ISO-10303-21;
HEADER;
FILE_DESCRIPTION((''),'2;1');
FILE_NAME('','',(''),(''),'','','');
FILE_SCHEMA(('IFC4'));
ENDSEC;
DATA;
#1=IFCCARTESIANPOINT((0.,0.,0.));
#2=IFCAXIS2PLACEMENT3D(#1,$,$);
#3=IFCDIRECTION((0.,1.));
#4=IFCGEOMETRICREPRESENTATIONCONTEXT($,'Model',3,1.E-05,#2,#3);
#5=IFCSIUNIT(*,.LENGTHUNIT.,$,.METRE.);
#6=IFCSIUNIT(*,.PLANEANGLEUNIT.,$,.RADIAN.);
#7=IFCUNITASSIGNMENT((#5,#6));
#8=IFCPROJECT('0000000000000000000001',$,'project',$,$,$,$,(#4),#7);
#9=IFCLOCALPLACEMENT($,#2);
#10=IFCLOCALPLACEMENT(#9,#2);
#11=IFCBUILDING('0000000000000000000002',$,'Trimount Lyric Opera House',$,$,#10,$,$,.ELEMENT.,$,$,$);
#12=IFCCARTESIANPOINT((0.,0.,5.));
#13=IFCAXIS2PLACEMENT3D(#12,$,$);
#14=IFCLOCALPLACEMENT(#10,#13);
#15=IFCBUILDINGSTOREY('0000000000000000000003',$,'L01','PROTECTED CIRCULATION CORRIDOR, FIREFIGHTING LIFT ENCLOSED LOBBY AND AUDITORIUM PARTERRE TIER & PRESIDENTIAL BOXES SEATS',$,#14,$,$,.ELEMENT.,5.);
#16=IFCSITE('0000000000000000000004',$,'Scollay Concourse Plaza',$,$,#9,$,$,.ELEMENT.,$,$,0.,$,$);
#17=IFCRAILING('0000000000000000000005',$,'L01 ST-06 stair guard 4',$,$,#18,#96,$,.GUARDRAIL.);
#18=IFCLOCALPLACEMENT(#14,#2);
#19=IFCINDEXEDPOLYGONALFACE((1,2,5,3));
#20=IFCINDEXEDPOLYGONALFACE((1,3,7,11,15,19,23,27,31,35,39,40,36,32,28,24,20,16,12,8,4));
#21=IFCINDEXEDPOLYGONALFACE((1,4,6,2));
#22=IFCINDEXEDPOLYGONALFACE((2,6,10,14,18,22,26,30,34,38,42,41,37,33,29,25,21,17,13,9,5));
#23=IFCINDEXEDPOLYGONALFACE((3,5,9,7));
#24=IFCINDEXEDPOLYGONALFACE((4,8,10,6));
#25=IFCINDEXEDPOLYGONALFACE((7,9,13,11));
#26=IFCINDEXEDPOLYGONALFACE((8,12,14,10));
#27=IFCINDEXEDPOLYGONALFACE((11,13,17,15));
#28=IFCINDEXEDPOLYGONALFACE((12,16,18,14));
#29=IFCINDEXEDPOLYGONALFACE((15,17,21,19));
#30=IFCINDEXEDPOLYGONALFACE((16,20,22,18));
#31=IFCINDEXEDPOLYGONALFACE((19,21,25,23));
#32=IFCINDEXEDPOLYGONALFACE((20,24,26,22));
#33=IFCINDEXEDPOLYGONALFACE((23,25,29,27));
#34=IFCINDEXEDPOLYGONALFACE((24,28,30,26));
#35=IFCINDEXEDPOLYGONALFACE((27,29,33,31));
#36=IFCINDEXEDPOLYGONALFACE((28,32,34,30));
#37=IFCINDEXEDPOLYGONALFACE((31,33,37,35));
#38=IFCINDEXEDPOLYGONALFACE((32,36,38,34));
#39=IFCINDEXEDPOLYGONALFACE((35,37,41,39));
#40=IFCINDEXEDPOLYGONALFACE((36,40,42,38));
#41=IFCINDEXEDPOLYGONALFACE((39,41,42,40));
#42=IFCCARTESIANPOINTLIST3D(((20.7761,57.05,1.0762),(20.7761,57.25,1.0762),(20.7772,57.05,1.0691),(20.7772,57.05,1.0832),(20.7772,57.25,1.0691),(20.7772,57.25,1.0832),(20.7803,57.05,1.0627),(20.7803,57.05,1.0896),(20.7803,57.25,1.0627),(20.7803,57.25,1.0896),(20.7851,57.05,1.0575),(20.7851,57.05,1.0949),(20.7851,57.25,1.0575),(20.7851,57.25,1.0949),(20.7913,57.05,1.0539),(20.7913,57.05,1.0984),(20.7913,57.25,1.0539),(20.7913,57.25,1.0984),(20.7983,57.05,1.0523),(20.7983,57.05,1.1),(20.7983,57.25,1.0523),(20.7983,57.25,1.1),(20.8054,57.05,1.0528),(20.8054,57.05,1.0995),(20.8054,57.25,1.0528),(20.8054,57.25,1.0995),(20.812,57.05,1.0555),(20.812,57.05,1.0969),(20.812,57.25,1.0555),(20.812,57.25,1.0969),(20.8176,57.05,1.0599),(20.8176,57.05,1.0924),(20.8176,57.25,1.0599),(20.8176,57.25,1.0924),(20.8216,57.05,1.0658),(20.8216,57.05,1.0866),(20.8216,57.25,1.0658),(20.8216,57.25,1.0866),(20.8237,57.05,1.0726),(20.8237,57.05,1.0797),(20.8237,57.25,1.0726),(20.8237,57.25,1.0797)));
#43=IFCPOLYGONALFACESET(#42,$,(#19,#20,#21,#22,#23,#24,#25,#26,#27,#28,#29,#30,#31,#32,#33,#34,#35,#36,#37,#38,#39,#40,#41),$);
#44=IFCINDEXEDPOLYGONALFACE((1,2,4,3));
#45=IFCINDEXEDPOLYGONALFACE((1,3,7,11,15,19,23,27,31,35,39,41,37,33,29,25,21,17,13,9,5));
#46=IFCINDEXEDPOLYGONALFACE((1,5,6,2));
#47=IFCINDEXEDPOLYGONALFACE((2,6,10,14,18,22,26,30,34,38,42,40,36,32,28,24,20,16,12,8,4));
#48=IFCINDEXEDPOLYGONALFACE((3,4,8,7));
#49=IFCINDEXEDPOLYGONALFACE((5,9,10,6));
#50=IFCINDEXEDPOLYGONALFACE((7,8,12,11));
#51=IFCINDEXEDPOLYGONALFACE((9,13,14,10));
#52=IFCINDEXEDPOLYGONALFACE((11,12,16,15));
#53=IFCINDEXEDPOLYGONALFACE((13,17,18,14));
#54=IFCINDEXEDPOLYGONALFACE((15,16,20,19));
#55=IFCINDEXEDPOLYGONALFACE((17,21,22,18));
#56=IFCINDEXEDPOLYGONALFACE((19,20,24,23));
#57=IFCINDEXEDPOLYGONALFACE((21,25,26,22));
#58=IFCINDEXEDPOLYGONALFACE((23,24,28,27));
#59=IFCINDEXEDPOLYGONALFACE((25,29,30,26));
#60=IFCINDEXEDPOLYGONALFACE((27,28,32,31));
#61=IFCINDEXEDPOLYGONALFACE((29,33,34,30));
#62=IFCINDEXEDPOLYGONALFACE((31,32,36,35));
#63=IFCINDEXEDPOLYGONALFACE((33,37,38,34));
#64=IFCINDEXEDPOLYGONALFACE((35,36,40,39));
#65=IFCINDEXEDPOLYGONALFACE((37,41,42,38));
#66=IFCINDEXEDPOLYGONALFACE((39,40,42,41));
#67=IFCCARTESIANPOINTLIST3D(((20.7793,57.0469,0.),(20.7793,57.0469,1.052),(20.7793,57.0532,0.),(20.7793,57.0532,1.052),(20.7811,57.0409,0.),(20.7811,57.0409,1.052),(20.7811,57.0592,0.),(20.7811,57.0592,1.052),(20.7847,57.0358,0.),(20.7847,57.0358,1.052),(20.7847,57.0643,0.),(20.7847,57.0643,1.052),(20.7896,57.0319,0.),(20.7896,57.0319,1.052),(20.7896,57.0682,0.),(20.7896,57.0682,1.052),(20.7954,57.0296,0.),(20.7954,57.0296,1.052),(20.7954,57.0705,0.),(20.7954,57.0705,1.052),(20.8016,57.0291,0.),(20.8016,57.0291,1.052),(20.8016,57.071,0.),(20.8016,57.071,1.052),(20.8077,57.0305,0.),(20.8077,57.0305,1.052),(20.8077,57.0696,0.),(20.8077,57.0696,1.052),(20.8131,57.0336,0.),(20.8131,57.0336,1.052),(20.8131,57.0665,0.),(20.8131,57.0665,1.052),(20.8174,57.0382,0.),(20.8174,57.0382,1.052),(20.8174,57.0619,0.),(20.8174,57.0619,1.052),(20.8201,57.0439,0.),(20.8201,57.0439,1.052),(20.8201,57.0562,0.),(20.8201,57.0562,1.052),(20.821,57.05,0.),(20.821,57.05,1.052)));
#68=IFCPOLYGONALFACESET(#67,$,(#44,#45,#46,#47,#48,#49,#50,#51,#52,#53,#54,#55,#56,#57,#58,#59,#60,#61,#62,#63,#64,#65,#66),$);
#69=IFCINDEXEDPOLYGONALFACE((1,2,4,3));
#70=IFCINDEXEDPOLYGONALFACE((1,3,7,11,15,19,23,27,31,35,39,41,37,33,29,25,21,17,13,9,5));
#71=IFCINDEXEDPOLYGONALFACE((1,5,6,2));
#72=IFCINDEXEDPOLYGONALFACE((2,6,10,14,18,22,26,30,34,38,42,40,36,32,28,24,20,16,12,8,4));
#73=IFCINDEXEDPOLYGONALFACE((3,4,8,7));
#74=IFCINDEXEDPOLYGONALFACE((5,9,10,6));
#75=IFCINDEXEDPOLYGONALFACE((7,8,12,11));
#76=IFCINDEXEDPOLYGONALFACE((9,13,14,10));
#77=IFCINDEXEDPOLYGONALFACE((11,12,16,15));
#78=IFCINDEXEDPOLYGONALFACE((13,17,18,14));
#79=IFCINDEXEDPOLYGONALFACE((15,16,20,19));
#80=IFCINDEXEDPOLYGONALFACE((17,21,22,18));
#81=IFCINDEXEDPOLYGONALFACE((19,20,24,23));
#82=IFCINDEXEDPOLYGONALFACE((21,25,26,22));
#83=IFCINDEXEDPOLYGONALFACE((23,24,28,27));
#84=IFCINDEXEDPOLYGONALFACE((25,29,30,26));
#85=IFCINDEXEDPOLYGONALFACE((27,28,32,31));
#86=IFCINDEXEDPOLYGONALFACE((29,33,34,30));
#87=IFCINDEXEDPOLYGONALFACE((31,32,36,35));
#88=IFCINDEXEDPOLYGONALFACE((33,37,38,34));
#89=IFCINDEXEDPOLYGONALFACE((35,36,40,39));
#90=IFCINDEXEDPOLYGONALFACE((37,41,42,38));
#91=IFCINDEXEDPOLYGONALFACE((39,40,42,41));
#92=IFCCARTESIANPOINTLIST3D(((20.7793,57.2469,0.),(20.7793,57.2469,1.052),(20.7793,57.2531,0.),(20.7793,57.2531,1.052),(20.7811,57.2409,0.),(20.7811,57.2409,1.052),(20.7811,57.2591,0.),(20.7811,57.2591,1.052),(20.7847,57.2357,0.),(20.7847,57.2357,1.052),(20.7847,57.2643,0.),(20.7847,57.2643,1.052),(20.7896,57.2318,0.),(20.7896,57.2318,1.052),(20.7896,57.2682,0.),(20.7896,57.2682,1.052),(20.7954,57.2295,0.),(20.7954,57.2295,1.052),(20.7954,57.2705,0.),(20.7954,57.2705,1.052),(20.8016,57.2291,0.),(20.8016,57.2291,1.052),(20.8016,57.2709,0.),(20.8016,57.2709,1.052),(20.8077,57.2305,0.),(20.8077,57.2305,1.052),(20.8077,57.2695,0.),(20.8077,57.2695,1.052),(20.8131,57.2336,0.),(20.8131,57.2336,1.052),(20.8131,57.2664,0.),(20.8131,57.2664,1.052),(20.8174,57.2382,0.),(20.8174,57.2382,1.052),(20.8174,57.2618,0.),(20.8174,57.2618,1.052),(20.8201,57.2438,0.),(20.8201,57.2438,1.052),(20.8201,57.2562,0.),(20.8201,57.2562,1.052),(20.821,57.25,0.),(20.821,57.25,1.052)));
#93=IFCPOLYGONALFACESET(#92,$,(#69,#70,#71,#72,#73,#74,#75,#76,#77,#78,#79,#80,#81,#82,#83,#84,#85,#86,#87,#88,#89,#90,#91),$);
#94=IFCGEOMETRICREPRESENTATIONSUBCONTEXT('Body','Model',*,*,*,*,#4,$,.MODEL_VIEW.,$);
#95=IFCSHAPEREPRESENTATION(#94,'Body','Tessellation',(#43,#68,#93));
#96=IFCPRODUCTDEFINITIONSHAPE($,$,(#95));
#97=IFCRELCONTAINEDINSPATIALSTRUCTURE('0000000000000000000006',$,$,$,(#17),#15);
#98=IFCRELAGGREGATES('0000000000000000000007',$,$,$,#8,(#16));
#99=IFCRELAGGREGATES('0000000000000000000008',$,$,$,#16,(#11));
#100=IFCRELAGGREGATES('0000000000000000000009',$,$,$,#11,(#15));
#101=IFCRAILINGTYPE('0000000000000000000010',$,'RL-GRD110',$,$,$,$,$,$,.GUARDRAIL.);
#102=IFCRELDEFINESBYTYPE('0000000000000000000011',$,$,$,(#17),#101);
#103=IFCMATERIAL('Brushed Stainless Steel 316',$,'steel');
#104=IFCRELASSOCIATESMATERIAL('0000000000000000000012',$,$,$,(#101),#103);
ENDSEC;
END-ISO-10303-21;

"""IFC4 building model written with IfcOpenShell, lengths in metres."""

from ifc_helpers import new_model, si_unit, direction, frame, origin, origin_2d, place, context, subcontext, project, spatial, circle, extrude, material, type_object, element, save


model = new_model("IFC4")

# Units and contexts
model_context = context("Model", 3, precision=1e-05, world=origin(), true_north=direction((0.0, 1.0)))
body_context = subcontext(model_context, "Body", "Model", "MODEL_VIEW")
ifc_project = project(units=[si_unit("LENGTHUNIT", "METRE"), si_unit("PLANEANGLEUNIT", "RADIAN")], contexts=[model_context])

# Site, building, storey
site_placement = place(None, origin())
site = spatial("IfcSite", under=ifc_project, at=site_placement, Name="Scollay Concourse Plaza", CompositionType="ELEMENT", RefElevation=0.0)
building_placement = place(site_placement, origin())
building = spatial("IfcBuilding", under=site, at=building_placement, Name="Trimount Lyric Opera House", CompositionType="ELEMENT")
storey_placement = place(building_placement, frame((0.0, 0.0, 5.0)))
storey = spatial("IfcBuildingStorey", under=building, at=storey_placement, Name="L01", Description="PROTECTED CIRCULATION CORRIDOR, FIREFIGHTING LIFT ENCLOSED LOBBY AND AUDITORIUM PARTERRE TIER & PRESIDENTIAL BOXES SEATS", CompositionType="ELEMENT", Elevation=5.0)

# Railing
ifc_material_1 = material(Name="Brushed Stainless Steel 316", Category="steel")
railing_type_1 = type_object("IfcRailingType", Name="RL-GRD110", PredefinedType="GUARDRAIL", material=ifc_material_1)
railing_1_placement = place(storey_placement, frame((20.8, 57.05, 0.0)))
element("IfcRailing", 1, at=railing_1_placement, inside=storey, type_object=railing_type_1, Name="L01 ST-06 stair guard 4", PredefinedType="GUARDRAIL", context=body_context, shape_type="SweptSolid", body=[
    extrude(circle(Radius=0.0239, at=origin_2d()), frame((0.0, 0.0, 1.0762), z_axis=(0.0, 1.0, 0.0), x_axis=(-1.0, 0.0, 0.0)), (0.0, 0.0, 1.0), 0.2),
    extrude(circle(Radius=0.021, at=origin_2d()), origin(), (0.0, 0.0, 1.0), 1.052),
    extrude(circle(Radius=0.021, at=origin_2d()), frame((0.0, 0.2, 0.0)), (0.0, 0.0, 1.0), 1.052),
])

save(model, "model.ifc")
